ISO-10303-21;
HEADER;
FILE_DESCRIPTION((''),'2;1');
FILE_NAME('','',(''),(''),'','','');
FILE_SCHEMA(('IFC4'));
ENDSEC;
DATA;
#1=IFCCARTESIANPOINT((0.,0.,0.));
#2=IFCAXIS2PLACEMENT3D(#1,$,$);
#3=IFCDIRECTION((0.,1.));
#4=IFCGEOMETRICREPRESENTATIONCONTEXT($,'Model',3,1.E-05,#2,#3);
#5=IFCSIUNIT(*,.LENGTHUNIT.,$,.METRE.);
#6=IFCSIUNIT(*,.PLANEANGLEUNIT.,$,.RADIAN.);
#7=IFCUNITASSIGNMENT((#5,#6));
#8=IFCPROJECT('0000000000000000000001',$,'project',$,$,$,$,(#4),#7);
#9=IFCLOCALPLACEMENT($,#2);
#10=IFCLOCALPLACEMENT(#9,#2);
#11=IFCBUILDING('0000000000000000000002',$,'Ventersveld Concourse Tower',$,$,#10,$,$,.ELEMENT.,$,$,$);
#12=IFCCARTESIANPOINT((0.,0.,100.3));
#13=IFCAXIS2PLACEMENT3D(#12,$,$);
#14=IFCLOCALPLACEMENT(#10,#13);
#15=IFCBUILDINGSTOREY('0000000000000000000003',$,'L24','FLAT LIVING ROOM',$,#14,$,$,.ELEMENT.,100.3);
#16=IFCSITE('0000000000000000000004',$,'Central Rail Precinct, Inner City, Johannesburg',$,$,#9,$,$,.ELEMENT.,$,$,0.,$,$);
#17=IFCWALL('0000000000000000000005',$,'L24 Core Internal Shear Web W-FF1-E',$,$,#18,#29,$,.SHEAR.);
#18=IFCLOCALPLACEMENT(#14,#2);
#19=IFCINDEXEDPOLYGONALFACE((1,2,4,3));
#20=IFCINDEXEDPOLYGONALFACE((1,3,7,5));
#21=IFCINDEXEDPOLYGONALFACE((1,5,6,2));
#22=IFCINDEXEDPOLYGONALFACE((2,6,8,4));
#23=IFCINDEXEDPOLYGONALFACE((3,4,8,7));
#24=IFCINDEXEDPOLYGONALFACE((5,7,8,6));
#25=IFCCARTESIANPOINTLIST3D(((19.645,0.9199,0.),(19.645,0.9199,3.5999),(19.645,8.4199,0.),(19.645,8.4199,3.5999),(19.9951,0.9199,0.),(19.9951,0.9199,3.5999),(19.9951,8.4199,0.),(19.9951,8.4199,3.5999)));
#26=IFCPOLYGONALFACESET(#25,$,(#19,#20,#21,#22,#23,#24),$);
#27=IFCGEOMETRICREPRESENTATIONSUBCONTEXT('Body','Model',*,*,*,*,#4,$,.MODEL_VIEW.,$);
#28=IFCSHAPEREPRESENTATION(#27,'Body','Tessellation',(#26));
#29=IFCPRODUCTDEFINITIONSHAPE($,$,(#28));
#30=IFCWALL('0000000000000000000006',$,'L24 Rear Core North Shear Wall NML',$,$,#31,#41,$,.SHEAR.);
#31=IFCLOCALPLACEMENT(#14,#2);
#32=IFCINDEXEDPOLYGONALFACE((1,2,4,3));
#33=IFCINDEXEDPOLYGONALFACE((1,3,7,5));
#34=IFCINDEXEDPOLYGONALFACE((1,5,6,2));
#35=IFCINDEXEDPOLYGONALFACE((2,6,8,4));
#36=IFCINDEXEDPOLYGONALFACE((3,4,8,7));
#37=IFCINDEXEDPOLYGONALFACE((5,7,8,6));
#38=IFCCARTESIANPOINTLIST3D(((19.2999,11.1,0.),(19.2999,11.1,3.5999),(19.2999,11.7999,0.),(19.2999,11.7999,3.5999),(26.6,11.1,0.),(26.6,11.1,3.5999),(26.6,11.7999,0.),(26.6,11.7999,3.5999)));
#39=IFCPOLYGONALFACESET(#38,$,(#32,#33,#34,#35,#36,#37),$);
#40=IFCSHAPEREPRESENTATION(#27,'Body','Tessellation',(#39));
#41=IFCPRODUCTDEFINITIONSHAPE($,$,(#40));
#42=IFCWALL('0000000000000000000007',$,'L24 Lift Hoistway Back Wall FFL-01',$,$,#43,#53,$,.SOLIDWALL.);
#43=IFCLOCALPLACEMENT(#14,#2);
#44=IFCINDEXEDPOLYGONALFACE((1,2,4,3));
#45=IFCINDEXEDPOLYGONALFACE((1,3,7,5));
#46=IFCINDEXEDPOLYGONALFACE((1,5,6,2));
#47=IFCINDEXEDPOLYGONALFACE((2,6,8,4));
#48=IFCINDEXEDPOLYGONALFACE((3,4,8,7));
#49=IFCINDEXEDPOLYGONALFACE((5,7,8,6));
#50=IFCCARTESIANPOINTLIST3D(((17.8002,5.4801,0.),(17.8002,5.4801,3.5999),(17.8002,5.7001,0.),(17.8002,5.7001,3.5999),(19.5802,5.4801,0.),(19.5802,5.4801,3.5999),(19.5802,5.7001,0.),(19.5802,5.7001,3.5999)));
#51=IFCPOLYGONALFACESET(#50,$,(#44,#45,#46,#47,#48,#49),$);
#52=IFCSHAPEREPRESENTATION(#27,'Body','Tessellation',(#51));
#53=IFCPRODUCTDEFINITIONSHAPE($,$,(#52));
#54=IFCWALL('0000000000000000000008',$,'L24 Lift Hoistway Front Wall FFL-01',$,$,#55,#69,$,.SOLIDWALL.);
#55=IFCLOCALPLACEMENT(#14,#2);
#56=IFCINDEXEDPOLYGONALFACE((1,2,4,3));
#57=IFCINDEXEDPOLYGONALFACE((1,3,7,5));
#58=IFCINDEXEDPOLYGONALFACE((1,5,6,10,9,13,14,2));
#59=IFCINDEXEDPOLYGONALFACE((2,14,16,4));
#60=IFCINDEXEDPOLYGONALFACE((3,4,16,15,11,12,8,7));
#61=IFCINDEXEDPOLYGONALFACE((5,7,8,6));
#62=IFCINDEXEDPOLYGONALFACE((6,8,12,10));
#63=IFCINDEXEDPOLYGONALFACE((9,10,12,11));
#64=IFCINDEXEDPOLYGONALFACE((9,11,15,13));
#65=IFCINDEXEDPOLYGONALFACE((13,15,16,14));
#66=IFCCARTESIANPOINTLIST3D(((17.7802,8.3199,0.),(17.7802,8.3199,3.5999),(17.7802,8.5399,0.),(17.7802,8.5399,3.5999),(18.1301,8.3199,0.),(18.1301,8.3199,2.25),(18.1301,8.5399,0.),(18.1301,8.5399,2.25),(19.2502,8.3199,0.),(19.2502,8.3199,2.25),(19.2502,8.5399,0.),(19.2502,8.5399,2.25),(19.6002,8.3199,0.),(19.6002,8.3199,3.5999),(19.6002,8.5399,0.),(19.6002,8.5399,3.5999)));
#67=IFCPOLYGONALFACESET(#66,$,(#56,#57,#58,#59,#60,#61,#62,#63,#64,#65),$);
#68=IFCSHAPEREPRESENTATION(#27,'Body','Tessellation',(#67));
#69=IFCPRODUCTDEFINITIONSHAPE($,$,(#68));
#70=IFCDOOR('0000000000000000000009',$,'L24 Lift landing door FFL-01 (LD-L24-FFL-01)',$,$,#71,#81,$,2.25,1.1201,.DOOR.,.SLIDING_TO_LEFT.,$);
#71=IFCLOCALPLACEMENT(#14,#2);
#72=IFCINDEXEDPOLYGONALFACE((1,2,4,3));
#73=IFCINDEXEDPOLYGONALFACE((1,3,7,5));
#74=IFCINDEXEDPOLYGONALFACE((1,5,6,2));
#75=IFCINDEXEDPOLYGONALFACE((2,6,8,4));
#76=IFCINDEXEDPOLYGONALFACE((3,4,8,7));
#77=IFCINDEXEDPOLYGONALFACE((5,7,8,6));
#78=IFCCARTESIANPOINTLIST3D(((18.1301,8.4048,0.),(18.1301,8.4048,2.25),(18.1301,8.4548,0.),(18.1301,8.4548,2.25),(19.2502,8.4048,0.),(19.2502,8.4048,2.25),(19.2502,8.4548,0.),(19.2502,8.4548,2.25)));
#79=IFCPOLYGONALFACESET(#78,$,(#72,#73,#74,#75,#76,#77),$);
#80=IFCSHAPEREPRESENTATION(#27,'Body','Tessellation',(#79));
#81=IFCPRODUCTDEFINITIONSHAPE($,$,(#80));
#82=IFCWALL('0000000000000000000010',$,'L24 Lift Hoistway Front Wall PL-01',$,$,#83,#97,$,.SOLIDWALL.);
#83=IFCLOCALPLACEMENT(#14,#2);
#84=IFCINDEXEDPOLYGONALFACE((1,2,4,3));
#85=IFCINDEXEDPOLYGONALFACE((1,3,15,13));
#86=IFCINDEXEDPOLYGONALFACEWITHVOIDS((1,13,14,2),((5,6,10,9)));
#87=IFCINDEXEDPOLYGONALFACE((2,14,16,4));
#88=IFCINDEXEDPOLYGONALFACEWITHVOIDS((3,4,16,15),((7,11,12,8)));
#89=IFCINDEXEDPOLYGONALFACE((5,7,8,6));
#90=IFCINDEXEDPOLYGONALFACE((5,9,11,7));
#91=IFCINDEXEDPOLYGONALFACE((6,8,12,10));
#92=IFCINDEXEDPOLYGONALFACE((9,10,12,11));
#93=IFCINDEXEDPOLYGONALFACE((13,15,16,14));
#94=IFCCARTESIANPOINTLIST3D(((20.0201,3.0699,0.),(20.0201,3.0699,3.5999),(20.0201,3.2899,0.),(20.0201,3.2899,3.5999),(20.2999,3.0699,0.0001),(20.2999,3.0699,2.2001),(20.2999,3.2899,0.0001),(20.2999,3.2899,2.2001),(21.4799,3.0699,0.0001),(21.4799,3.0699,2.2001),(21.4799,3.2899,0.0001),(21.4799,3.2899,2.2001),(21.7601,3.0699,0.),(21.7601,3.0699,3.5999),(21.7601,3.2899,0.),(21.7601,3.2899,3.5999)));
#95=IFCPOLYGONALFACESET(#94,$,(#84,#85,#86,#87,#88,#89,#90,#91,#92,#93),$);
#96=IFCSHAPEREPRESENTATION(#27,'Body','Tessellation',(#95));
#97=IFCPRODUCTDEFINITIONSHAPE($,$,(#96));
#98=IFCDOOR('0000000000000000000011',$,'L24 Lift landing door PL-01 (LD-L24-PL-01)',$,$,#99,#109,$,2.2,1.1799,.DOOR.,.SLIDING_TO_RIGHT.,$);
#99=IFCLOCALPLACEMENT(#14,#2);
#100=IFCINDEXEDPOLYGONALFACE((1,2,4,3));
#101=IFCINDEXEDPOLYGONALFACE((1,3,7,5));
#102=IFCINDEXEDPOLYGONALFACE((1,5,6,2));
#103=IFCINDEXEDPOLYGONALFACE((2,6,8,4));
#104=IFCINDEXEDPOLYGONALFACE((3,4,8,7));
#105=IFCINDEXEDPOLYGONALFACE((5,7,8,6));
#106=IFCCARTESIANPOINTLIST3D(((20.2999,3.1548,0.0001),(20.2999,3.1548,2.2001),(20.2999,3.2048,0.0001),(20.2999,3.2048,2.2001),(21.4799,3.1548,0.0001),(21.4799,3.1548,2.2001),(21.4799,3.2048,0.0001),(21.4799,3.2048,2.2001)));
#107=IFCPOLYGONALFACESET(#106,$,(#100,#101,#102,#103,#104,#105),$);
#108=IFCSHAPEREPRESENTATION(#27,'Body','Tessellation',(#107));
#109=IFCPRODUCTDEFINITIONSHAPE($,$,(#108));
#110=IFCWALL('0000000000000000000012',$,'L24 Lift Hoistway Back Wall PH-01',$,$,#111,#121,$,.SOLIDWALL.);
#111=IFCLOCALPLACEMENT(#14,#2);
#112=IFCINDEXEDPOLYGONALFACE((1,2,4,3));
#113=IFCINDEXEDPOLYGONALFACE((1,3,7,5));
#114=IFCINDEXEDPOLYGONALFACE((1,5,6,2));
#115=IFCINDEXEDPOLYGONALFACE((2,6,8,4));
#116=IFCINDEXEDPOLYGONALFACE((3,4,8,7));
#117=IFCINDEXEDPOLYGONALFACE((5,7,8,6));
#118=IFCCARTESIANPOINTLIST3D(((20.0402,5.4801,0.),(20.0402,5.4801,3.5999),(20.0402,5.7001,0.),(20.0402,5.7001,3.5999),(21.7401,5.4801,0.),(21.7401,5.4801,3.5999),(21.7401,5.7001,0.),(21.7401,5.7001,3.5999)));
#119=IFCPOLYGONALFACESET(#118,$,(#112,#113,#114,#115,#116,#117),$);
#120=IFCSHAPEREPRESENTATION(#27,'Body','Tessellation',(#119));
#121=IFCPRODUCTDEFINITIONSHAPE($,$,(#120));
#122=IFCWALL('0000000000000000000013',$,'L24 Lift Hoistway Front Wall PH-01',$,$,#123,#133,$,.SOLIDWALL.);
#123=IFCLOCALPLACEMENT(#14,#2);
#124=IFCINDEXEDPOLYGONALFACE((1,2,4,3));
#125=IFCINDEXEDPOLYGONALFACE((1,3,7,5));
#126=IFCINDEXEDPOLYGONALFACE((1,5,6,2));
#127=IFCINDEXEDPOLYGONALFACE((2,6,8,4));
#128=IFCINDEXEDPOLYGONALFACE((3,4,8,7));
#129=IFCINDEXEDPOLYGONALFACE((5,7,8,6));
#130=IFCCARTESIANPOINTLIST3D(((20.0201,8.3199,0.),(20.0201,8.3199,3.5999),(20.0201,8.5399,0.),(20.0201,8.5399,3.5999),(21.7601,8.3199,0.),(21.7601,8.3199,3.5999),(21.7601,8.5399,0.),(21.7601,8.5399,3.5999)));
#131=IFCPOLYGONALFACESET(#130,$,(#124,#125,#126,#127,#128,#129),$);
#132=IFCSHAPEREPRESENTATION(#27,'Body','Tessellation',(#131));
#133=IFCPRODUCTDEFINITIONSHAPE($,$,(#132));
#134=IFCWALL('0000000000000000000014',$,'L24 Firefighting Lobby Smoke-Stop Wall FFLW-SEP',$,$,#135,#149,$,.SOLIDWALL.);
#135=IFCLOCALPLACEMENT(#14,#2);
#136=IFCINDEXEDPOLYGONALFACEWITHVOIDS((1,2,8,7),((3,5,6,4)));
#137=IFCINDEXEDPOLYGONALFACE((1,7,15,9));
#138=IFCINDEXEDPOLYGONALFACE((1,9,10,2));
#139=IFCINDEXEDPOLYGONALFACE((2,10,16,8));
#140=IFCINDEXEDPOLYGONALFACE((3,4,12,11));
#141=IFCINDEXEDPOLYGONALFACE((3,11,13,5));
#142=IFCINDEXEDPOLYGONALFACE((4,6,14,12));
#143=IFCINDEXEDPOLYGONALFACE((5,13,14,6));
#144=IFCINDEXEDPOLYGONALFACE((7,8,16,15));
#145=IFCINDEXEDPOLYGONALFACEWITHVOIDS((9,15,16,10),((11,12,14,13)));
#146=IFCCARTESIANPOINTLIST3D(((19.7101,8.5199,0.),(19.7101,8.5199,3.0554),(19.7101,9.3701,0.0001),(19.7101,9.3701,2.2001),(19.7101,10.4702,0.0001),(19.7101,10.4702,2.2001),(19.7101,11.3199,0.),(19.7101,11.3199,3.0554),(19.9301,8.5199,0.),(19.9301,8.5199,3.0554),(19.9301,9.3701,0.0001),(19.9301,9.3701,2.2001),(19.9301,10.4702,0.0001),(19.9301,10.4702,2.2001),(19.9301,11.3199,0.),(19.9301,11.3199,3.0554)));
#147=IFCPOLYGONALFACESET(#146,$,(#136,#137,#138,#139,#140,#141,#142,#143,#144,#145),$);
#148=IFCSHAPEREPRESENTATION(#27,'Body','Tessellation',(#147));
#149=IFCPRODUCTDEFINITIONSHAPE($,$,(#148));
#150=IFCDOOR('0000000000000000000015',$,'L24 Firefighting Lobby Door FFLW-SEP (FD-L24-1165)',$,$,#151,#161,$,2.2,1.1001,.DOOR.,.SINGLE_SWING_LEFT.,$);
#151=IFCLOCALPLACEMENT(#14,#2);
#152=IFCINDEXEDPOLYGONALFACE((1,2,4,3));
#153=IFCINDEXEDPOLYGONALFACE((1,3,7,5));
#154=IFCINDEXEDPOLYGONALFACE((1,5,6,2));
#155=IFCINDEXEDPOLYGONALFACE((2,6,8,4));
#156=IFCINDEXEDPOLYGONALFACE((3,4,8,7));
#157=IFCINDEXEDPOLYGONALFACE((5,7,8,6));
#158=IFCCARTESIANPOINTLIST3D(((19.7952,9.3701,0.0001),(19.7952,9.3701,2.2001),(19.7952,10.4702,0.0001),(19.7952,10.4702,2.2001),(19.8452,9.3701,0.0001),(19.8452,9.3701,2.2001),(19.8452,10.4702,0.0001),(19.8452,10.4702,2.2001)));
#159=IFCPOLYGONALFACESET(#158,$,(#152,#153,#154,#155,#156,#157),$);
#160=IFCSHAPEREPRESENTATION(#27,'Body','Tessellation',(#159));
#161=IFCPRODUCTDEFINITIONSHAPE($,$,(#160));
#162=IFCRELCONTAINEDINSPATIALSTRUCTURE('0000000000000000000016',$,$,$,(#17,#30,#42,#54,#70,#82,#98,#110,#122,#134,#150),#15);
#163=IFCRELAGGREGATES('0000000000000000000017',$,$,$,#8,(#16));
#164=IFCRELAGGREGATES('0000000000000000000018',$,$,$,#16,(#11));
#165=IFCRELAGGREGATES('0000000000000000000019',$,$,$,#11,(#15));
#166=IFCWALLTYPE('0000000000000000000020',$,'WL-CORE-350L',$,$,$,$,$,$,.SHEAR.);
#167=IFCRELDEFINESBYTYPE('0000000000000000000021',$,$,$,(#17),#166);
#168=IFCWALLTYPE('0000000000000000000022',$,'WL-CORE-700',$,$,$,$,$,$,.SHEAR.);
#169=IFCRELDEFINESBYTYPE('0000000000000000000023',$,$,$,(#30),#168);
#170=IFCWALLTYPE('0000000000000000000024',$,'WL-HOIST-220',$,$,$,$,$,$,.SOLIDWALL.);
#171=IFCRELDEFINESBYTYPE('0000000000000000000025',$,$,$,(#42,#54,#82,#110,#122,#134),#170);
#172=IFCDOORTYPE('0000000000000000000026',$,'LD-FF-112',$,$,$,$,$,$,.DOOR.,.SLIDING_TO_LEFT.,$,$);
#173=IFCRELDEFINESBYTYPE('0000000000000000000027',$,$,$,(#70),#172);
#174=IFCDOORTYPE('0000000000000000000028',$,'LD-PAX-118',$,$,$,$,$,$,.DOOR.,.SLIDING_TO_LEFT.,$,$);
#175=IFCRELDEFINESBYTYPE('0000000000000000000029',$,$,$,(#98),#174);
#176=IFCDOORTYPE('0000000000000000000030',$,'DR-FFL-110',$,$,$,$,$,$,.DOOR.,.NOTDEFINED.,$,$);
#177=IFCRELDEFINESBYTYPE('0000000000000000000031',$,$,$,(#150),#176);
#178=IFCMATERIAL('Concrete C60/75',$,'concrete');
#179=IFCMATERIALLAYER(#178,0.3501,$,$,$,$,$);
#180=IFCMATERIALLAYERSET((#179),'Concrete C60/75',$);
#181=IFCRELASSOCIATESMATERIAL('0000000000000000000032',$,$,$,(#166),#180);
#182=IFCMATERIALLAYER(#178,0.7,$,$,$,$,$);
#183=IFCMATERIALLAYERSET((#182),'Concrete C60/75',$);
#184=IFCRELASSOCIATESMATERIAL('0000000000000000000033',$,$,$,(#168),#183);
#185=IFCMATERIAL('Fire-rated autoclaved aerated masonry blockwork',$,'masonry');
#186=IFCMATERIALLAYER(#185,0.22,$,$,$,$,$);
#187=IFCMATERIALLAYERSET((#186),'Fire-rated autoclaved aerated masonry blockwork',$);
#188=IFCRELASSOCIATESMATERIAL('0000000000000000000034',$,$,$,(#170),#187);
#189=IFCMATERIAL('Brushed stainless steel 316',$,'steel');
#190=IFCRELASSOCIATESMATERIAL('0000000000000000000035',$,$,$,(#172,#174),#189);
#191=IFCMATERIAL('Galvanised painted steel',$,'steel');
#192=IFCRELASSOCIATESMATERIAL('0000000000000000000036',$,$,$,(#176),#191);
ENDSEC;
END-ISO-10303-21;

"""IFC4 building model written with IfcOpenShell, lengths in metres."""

from ifc_helpers import new_model, si_unit, direction, frame, frame_2d, origin, place, context, subcontext, project, spatial, rectangle, extrude, material, layer, layer_set, type_object, element, fill, save


model = new_model("IFC4")

# Units and contexts
model_context = context("Model", 3, precision=1e-05, world=origin(), true_north=direction((0.0, 1.0)))
body_context = subcontext(model_context, "Body", "Model", "MODEL_VIEW")
ifc_project = project(units=[si_unit("LENGTHUNIT", "METRE"), si_unit("PLANEANGLEUNIT", "RADIAN")], contexts=[model_context])

# Site, building, storey
site_placement = place(None, origin())
site = spatial("IfcSite", under=ifc_project, at=site_placement, Name="Central Rail Precinct, Inner City, Johannesburg", CompositionType="ELEMENT", RefElevation=0.0)
building_placement = place(site_placement, origin())
building = spatial("IfcBuilding", under=site, at=building_placement, Name="Ventersveld Concourse Tower", CompositionType="ELEMENT")
storey_placement = place(building_placement, frame((0.0, 0.0, 100.3)))
storey = spatial("IfcBuildingStorey", under=building, at=storey_placement, Name="L24", Description="FLAT LIVING ROOM", CompositionType="ELEMENT", Elevation=100.3)

# Shared definitions
ifc_material_1 = material(Name="Concrete C60/75", Category="concrete")

# Walls
ifc_layer_1 = layer(ifc_material_1, 0.3501)
ifc_layer_set_1 = layer_set([ifc_layer_1], Name="Concrete C60/75")
wall_type_1 = type_object("IfcWallType", Name="WL-CORE-350L", PredefinedType="SHEAR", material=ifc_layer_set_1)
for number, where, z_axis, x_axis, name in (
    (1, (19.8201, 0.9199, 0.0), (0.0, 0.0, 1.0), (0.0, 1.0, 0.0), "L24 Core Internal Shear Web W-FF1-E"),
):
    element("IfcWall", number, at=place(storey_placement, frame(where, z_axis=z_axis, x_axis=x_axis)), inside=storey, type_object=wall_type_1, Name=name, PredefinedType="SHEAR", context=body_context, shape_type="SweptSolid", body=[
        extrude(rectangle(XDim=7.5, YDim=0.3501, at=frame_2d((3.75, 0.0))), origin(), (0.0, 0.0, 1.0), 3.5999),
    ])
ifc_layer_2 = layer(ifc_material_1, 0.7)
ifc_layer_set_2 = layer_set([ifc_layer_2], Name="Concrete C60/75")
wall_type_2 = type_object("IfcWallType", Name="WL-CORE-700", PredefinedType="SHEAR", material=ifc_layer_set_2)
wall_1_placement = place(storey_placement, frame((19.3, 11.45, 0.0), z_axis=(0.0, 0.0, 1.0), x_axis=(1.0, 0.0, 0.0)))
element("IfcWall", 2, at=wall_1_placement, inside=storey, type_object=wall_type_2, Name="L24 Rear Core North Shear Wall NML", PredefinedType="SHEAR", context=body_context, shape_type="SweptSolid", body=[
    extrude(rectangle(XDim=7.3, YDim=0.7, at=frame_2d((3.6499, 0.0))), origin(), (0.0, 0.0, 1.0), 3.5999),
])
ifc_material_2 = material(Name="Fire-rated autoclaved aerated masonry blockwork", Category="masonry")
ifc_layer_3 = layer(ifc_material_2, 0.22)
ifc_layer_set_3 = layer_set([ifc_layer_3], Name="Fire-rated autoclaved aerated masonry blockwork")
wall_type_3 = type_object("IfcWallType", Name="WL-HOIST-220", PredefinedType="SOLIDWALL", material=ifc_layer_set_3)
wall_2_placement = place(storey_placement, frame((17.8, 5.5901, 0.0), z_axis=(0.0, 0.0, 1.0), x_axis=(1.0, 0.0, 0.0)))
element("IfcWall", 3, at=wall_2_placement, inside=storey, type_object=wall_type_3, Name="L24 Lift Hoistway Back Wall FFL-01", PredefinedType="SOLIDWALL", context=body_context, shape_type="SweptSolid", body=[
    extrude(rectangle(XDim=1.78, YDim=0.22, at=frame_2d((0.8901, 0.0))), origin(), (0.0, 0.0, 1.0), 3.5999),
])

# Walls, openings, doors
wall_3_placement = place(storey_placement, frame((17.78, 8.4299, 0.0), z_axis=(0.0, 0.0, 1.0), x_axis=(1.0, 0.0, 0.0)))
wall_3 = element("IfcWall", 4, at=wall_3_placement, inside=storey, type_object=wall_type_3, Name="L24 Lift Hoistway Front Wall FFL-01", PredefinedType="SOLIDWALL", context=body_context, shape_type="SweptSolid", body=[
    extrude(rectangle(XDim=1.8201, YDim=0.22, at=frame_2d((0.9102, 0.0))), origin(), (0.0, 0.0, 1.0), 3.5999),
])
opening_1_placement = place(wall_3_placement, frame((0.3501, 0.0, 0.0)))
opening_1 = element("IfcOpeningElement", 5, at=opening_1_placement, cuts=wall_3, PredefinedType="OPENING", context=body_context, shape_type="SweptSolid", body=[
    extrude(rectangle(XDim=1.1201, YDim=2.25, at=frame_2d((0.5601, 1.125))), frame((0.0, 0.1201, 0.0), z_axis=(0.0, -1.0, 0.0), x_axis=(1.0, 0.0, 0.0)), (0.0, 0.0, 1.0), 0.24),
])
ifc_material_3 = material(Name="Brushed stainless steel 316", Category="steel")
door_type_1 = type_object("IfcDoorType", Name="LD-FF-112", OperationType="SLIDING_TO_LEFT", PredefinedType="DOOR", material=ifc_material_3)
door_1_placement = place(opening_1_placement, origin())
door_1 = element("IfcDoor", 6, at=door_1_placement, inside=storey, type_object=door_type_1, Name="L24 Lift landing door FFL-01 (LD-L24-FFL-01)", OperationType="SLIDING_TO_LEFT", OverallHeight=2.25, OverallWidth=1.1201, PredefinedType="DOOR", context=body_context, shape_type="SweptSolid", body=[
    extrude(rectangle(XDim=1.1201, YDim=2.25, at=frame_2d((0.5601, 1.125))), frame((0.0, 0.0249, 0.0), z_axis=(0.0, -1.0, 0.0), x_axis=(1.0, 0.0, 0.0)), (0.0, 0.0, 1.0), 0.05),
])
fill(opening_1, door_1)
wall_4_placement = place(storey_placement, frame((20.02, 3.1799, 0.0), z_axis=(0.0, 0.0, 1.0), x_axis=(1.0, 0.0, 0.0)))
wall_4 = element("IfcWall", 7, at=wall_4_placement, inside=storey, type_object=wall_type_3, Name="L24 Lift Hoistway Front Wall PL-01", PredefinedType="SOLIDWALL", context=body_context, shape_type="SweptSolid", body=[
    extrude(rectangle(XDim=1.74, YDim=0.22, at=frame_2d((0.8701, 0.0))), origin(), (0.0, 0.0, 1.0), 3.5999),
])
opening_2_placement = place(wall_4_placement, frame((0.28, 0.0, 0.0)))
opening_2 = element("IfcOpeningElement", 8, at=opening_2_placement, cuts=wall_4, PredefinedType="OPENING", context=body_context, shape_type="SweptSolid", body=[
    extrude(rectangle(XDim=1.1799, YDim=2.2, at=frame_2d((0.5898, 1.1001))), frame((0.0, 0.1201, 0.0), z_axis=(0.0, -1.0, 0.0), x_axis=(1.0, 0.0, 0.0)), (0.0, 0.0, 1.0), 0.24),
])
door_type_2 = type_object("IfcDoorType", Name="LD-PAX-118", OperationType="SLIDING_TO_LEFT", PredefinedType="DOOR", material=ifc_material_3)
door_2_placement = place(opening_2_placement, origin())
door_2 = element("IfcDoor", 9, at=door_2_placement, inside=storey, type_object=door_type_2, Name="L24 Lift landing door PL-01 (LD-L24-PL-01)", OperationType="SLIDING_TO_RIGHT", OverallHeight=2.2, OverallWidth=1.1799, PredefinedType="DOOR", context=body_context, shape_type="SweptSolid", body=[
    extrude(rectangle(XDim=1.1799, YDim=2.2, at=frame_2d((0.5898, 1.1001))), frame((0.0, 0.0249, 0.0), z_axis=(0.0, -1.0, 0.0), x_axis=(1.0, 0.0, 0.0)), (0.0, 0.0, 1.0), 0.05),
])
fill(opening_2, door_2)

# Walls
wall_5_placement = place(storey_placement, frame((20.04, 5.5901, 0.0), z_axis=(0.0, 0.0, 1.0), x_axis=(1.0, 0.0, 0.0)))
element("IfcWall", 10, at=wall_5_placement, inside=storey, type_object=wall_type_3, Name="L24 Lift Hoistway Back Wall PH-01", PredefinedType="SOLIDWALL", context=body_context, shape_type="SweptSolid", body=[
    extrude(rectangle(XDim=1.7, YDim=0.22, at=frame_2d((0.8501, 0.0))), origin(), (0.0, 0.0, 1.0), 3.5999),
])
wall_6_placement = place(storey_placement, frame((20.02, 8.4299, 0.0), z_axis=(0.0, 0.0, 1.0), x_axis=(1.0, 0.0, 0.0)))
element("IfcWall", 11, at=wall_6_placement, inside=storey, type_object=wall_type_3, Name="L24 Lift Hoistway Front Wall PH-01", PredefinedType="SOLIDWALL", context=body_context, shape_type="SweptSolid", body=[
    extrude(rectangle(XDim=1.74, YDim=0.22, at=frame_2d((0.8701, 0.0))), origin(), (0.0, 0.0, 1.0), 3.5999),
])

# Wall, opening, door
wall_7_placement = place(storey_placement, frame((19.8201, 8.52, 0.0), z_axis=(0.0, 0.0, 1.0), x_axis=(0.0, 1.0, 0.0)))
wall_7 = element("IfcWall", 12, at=wall_7_placement, inside=storey, type_object=wall_type_3, Name="L24 Firefighting Lobby Smoke-Stop Wall FFLW-SEP", PredefinedType="SOLIDWALL", context=body_context, shape_type="SweptSolid", body=[
    extrude(rectangle(XDim=2.8, YDim=0.22, at=frame_2d((1.3999, 0.0))), origin(), (0.0, 0.0, 1.0), 3.0554),
])
opening_3_placement = place(wall_7_placement, frame((0.8501, 0.0, 0.0)))
opening_3 = element("IfcOpeningElement", 13, at=opening_3_placement, cuts=wall_7, PredefinedType="OPENING", context=body_context, shape_type="SweptSolid", body=[
    extrude(rectangle(XDim=1.1001, YDim=2.2, at=frame_2d((0.55, 1.1001))), frame((0.0, 0.1201, 0.0), z_axis=(0.0, -1.0, 0.0), x_axis=(1.0, 0.0, 0.0)), (0.0, 0.0, 1.0), 0.24),
])
ifc_material_4 = material(Name="Galvanised painted steel", Category="steel")
door_type_3 = type_object("IfcDoorType", Name="DR-FFL-110", OperationType="NOTDEFINED", PredefinedType="DOOR", material=ifc_material_4)
door_3_placement = place(opening_3_placement, origin())
door_3 = element("IfcDoor", 14, at=door_3_placement, inside=storey, type_object=door_type_3, Name="L24 Firefighting Lobby Door FFLW-SEP (FD-L24-1165)", OperationType="SINGLE_SWING_LEFT", OverallHeight=2.2, OverallWidth=1.1001, PredefinedType="DOOR", context=body_context, shape_type="SweptSolid", body=[
    extrude(rectangle(XDim=1.1001, YDim=2.2, at=frame_2d((0.55, 1.1001))), frame((0.0, 0.0249, 0.0), z_axis=(0.0, -1.0, 0.0), x_axis=(1.0, 0.0, 0.0)), (0.0, 0.0, 1.0), 0.05),
])
fill(opening_3, door_3)

save(model, "model.ifc")
